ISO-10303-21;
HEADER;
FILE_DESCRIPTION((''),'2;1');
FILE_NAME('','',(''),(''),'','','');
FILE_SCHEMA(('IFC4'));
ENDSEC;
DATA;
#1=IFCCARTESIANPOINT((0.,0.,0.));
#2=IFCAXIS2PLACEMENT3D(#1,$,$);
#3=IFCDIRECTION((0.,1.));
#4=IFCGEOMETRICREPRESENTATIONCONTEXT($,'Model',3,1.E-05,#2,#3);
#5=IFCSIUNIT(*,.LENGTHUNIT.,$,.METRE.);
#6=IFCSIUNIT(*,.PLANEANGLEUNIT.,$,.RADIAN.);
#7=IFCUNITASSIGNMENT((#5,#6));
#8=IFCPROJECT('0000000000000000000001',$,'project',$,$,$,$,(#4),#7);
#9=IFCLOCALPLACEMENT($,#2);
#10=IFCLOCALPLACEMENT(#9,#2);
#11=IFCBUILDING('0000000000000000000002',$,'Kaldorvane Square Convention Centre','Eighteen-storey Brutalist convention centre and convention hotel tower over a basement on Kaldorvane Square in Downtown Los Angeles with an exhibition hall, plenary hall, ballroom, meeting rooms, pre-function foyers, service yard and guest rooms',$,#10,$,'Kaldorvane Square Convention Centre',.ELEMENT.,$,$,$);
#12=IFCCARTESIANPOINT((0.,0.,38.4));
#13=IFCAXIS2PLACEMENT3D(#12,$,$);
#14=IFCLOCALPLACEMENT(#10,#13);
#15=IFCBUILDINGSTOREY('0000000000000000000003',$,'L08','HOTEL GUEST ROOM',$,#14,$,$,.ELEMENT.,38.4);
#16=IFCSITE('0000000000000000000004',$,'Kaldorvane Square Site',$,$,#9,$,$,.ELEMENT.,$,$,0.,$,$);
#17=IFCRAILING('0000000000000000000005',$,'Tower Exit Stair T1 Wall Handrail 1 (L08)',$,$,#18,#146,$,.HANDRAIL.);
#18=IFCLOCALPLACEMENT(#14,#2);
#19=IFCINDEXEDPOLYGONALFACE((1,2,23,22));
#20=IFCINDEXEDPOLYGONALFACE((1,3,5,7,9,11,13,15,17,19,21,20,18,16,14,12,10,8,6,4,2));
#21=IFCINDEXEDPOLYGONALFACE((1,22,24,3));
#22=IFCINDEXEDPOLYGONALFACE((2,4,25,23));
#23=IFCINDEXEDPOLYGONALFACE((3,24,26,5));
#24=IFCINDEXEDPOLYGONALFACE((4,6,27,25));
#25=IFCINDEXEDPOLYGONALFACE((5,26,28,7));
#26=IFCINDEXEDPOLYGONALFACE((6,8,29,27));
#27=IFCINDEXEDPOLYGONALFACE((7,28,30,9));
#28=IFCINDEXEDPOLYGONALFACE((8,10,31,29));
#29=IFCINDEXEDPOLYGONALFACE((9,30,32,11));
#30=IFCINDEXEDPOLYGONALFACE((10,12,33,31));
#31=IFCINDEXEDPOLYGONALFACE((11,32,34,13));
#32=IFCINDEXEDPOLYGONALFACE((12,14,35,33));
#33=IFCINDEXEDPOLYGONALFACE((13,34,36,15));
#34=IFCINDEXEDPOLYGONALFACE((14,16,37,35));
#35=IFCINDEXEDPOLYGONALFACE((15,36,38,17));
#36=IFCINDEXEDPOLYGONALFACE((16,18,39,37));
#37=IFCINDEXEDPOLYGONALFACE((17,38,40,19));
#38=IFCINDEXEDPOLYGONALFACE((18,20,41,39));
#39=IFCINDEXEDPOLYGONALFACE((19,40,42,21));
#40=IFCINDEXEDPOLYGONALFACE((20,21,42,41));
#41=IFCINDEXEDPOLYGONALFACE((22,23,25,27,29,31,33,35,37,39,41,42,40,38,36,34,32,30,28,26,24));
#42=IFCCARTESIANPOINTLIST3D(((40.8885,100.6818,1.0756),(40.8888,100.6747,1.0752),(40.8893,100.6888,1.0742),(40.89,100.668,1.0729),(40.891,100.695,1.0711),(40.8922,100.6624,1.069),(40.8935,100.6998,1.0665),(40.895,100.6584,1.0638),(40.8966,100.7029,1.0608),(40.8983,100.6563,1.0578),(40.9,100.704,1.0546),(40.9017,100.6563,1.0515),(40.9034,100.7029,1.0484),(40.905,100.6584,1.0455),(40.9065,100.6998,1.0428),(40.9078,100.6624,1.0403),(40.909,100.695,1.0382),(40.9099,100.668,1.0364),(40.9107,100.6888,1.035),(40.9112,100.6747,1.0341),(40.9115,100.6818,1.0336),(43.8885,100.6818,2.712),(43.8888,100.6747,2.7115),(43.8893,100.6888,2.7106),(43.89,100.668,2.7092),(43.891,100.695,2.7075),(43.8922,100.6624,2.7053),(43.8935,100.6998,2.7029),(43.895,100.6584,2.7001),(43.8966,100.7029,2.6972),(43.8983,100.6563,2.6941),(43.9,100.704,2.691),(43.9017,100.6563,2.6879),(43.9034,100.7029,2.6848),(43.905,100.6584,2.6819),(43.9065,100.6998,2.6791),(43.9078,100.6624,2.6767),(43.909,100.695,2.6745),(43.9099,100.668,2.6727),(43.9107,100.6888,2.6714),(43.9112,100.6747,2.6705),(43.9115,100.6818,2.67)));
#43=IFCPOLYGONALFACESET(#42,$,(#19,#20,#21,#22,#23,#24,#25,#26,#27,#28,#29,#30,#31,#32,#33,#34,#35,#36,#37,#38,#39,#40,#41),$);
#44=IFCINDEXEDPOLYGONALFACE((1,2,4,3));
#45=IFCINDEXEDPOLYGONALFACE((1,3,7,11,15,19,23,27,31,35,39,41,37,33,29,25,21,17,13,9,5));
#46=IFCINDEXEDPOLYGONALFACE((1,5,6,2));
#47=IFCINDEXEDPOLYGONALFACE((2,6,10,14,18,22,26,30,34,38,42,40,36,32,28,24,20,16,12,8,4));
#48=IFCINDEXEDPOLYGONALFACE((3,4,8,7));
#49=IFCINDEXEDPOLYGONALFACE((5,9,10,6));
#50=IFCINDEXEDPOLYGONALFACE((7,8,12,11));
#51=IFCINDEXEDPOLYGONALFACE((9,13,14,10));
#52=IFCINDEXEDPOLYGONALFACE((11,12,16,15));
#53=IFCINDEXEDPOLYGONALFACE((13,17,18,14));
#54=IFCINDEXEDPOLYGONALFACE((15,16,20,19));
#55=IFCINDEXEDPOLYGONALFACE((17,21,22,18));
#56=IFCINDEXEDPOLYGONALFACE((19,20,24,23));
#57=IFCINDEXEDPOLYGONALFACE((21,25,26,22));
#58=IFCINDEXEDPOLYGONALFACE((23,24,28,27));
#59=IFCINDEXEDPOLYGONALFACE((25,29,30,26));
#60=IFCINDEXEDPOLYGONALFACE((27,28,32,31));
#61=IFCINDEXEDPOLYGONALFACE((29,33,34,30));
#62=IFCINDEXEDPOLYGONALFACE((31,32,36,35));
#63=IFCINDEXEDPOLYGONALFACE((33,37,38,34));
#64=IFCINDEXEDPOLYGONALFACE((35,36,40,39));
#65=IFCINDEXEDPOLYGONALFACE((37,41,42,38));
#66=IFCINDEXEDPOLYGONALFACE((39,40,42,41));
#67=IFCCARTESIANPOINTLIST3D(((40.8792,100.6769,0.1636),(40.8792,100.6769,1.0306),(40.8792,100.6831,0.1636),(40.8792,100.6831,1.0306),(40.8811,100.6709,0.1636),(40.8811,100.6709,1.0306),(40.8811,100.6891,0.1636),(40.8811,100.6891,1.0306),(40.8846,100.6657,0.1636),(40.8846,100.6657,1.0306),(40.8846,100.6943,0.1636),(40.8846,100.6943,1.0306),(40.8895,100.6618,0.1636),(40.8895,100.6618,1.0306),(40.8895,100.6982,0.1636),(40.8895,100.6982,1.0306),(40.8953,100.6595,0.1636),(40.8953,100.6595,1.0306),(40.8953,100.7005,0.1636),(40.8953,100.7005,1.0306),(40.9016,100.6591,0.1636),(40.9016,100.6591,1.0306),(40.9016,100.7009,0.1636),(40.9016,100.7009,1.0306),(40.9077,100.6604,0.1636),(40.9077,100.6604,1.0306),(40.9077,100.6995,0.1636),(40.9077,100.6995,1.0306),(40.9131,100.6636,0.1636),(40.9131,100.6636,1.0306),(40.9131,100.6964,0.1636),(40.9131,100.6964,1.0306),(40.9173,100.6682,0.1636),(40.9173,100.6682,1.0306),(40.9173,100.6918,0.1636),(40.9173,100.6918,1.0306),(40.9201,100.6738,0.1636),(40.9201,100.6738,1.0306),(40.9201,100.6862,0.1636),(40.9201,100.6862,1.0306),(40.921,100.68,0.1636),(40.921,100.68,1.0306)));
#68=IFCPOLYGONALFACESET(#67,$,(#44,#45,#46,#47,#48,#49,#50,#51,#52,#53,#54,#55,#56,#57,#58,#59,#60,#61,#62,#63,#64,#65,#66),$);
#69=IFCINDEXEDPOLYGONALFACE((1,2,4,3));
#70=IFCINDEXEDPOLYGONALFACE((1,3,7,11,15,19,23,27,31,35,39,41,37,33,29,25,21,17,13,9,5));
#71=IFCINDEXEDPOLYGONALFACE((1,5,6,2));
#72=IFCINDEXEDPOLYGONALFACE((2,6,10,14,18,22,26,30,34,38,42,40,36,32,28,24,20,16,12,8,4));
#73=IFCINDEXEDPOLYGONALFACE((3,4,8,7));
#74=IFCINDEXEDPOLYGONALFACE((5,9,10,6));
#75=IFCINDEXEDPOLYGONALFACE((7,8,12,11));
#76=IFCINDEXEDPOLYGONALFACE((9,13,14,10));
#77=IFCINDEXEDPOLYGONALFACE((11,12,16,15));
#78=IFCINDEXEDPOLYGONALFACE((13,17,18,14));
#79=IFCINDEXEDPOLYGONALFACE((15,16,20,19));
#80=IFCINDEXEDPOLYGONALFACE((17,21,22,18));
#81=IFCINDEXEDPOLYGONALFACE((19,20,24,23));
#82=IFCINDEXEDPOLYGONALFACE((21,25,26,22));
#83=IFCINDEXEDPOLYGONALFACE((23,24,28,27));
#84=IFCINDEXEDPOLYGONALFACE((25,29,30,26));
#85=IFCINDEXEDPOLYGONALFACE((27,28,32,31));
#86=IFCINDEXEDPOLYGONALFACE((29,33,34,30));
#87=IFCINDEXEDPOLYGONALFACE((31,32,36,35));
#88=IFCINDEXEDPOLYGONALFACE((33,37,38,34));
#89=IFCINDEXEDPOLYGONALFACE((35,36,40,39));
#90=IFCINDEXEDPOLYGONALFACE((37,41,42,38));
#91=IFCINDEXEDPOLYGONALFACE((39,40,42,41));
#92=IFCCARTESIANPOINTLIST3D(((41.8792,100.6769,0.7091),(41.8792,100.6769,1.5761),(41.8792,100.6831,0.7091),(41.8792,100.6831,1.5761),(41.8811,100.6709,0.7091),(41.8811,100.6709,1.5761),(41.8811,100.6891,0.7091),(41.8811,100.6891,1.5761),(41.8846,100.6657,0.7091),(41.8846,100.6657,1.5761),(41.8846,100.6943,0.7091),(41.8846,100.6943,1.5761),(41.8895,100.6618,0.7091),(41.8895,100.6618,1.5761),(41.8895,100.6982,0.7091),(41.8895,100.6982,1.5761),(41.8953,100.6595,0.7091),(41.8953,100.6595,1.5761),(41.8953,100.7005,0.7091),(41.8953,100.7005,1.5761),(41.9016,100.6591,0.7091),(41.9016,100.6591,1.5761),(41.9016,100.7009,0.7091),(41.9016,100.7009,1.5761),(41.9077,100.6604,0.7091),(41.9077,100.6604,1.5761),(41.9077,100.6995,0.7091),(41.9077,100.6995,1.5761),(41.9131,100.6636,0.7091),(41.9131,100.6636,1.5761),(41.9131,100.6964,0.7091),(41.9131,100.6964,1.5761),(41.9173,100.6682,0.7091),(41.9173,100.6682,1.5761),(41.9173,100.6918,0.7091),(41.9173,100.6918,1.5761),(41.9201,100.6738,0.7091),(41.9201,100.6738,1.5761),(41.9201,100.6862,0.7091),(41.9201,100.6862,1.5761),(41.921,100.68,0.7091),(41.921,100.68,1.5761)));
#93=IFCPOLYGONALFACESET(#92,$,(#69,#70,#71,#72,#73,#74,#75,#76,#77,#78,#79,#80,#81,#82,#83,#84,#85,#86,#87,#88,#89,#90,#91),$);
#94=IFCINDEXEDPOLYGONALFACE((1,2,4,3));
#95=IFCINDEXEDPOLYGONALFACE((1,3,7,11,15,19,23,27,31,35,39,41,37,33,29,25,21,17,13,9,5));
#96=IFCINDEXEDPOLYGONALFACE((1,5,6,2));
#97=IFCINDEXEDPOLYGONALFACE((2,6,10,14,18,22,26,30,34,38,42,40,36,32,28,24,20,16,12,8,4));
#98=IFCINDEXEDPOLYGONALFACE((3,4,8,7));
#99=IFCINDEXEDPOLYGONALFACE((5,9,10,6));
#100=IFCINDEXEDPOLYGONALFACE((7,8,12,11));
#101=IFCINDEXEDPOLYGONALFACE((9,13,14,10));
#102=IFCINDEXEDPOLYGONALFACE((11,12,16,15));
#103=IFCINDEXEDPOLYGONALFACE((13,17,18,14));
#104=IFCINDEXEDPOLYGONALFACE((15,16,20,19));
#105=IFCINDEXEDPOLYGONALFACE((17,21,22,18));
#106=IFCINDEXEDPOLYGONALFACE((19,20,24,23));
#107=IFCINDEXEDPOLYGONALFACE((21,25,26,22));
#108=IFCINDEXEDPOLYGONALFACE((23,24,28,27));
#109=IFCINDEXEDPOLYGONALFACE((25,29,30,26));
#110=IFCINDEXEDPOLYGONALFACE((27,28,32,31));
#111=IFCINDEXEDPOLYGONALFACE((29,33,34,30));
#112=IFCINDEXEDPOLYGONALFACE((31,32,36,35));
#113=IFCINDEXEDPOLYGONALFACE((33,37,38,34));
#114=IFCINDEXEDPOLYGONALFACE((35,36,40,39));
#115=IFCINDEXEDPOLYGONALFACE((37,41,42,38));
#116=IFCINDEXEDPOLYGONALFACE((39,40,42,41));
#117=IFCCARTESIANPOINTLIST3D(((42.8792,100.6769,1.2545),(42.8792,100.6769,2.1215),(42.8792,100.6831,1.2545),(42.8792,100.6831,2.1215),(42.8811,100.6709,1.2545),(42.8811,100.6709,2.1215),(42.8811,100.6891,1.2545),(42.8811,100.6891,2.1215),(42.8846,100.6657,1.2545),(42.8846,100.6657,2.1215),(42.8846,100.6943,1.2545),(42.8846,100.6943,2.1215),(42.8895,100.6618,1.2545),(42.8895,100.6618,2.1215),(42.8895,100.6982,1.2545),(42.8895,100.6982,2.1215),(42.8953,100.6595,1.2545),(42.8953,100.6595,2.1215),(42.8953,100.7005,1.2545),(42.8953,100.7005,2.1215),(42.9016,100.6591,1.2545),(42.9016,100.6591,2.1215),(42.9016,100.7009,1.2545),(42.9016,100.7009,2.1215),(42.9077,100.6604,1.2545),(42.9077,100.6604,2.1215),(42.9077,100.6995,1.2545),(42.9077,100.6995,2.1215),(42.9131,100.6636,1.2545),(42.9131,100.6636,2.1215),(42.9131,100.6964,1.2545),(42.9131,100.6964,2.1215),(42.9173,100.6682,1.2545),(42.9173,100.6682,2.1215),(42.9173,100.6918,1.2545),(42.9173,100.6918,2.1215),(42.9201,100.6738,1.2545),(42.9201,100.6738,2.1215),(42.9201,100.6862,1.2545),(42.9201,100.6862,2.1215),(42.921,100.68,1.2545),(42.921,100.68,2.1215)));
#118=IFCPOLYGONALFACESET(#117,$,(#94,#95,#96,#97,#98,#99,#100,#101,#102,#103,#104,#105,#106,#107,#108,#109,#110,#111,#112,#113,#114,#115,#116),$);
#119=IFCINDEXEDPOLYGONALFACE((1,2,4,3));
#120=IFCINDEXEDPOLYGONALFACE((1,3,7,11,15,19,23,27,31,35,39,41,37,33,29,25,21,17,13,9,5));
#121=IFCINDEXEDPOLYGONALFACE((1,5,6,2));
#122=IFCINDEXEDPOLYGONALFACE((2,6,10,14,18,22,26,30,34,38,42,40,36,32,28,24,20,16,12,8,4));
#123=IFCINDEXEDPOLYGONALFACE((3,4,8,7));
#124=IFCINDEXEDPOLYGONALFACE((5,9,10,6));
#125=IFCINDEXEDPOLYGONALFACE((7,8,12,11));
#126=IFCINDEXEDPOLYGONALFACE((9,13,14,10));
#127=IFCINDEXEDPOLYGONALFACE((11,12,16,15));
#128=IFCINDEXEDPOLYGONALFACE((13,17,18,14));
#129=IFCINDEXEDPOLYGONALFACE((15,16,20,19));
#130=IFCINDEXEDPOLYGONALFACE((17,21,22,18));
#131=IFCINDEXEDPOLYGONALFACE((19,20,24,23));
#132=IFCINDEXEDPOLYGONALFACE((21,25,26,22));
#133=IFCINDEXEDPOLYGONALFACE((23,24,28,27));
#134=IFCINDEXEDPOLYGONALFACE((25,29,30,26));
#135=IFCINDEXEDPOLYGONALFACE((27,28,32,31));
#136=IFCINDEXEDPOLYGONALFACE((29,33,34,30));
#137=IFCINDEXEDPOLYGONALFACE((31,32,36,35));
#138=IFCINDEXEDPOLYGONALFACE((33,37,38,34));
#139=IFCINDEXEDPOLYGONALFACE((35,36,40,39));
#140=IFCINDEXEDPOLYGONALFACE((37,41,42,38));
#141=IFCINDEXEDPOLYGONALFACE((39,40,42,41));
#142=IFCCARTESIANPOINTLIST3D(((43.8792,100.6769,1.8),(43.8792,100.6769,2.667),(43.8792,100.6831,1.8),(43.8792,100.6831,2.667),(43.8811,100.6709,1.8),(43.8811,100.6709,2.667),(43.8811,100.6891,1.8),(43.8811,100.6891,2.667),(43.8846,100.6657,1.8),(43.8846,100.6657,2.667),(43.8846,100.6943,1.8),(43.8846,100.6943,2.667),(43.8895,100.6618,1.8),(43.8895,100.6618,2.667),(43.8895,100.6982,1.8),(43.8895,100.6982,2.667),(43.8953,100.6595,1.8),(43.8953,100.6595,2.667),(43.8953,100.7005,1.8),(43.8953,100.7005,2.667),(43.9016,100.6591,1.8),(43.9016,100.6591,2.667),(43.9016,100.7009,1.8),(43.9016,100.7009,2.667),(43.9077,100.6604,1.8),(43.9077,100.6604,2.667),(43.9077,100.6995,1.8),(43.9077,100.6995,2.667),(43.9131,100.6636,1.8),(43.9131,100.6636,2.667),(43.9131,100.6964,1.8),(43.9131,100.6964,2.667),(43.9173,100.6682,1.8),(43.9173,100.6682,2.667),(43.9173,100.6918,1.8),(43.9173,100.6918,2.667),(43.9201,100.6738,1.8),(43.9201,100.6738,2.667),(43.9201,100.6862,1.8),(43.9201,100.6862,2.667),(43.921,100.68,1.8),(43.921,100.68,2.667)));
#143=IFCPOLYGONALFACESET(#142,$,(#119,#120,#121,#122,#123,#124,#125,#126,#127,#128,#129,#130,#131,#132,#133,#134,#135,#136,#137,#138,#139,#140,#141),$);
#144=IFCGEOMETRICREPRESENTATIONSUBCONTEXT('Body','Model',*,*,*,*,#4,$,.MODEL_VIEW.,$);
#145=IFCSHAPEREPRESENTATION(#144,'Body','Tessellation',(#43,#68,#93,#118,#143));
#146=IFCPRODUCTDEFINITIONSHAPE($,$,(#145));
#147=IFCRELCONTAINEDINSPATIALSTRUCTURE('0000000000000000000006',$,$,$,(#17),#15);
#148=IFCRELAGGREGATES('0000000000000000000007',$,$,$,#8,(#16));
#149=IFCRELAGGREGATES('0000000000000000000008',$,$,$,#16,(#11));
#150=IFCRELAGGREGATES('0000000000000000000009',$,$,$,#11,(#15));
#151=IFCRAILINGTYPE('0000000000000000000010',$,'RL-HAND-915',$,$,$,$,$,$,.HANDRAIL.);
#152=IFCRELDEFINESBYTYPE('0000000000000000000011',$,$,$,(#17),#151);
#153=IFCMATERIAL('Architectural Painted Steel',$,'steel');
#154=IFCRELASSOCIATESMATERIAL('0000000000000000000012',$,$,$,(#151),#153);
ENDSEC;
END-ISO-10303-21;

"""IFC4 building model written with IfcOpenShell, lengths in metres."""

from ifc_helpers import new_model, si_unit, direction, frame, origin, origin_2d, place, context, subcontext, project, spatial, circle, extrude, material, type_object, element, save


model = new_model("IFC4")

# Units and contexts
model_context = context("Model", 3, precision=1e-05, world=origin(), true_north=direction((0.0, 1.0)))
body_context = subcontext(model_context, "Body", "Model", "MODEL_VIEW")
ifc_project = project(units=[si_unit("LENGTHUNIT", "METRE"), si_unit("PLANEANGLEUNIT", "RADIAN")], contexts=[model_context])

# Site, building, storey
site_placement = place(None, origin())
site = spatial("IfcSite", under=ifc_project, at=site_placement, Name="Kaldorvane Square Site", CompositionType="ELEMENT", RefElevation=0.0)
building_placement = place(site_placement, origin())
building = spatial("IfcBuilding", under=site, at=building_placement, Name="Kaldorvane Square Convention Centre", Description="Eighteen-storey Brutalist convention centre and convention hotel tower over a basement on Kaldorvane Square in Downtown Los Angeles with an exhibition hall, plenary hall, ballroom, meeting rooms, pre-function foyers, service yard and guest rooms", LongName="Kaldorvane Square Convention Centre", CompositionType="ELEMENT")
storey_placement = place(building_placement, frame((0.0, 0.0, 38.4)))
storey = spatial("IfcBuildingStorey", under=building, at=storey_placement, Name="L08", Description="HOTEL GUEST ROOM", CompositionType="ELEMENT", Elevation=38.4)

# Railing
ifc_material_1 = material(Name="Architectural Painted Steel", Category="steel")
railing_type_1 = type_object("IfcRailingType", Name="RL-HAND-915", PredefinedType="HANDRAIL", material=ifc_material_1)
for number, where, name in (
    (1, (40.9, 100.68, 0.1636), "Tower Exit Stair T1 Wall Handrail 1 (L08)"),
):
    element("IfcRailing", number, at=place(storey_placement, frame(where)), inside=storey, type_object=railing_type_1, Name=name, PredefinedType="HANDRAIL", context=body_context, shape_type="SweptSolid", body=[
        extrude(circle(Radius=0.024, at=origin_2d()), frame((0.0, 0.0, 0.891), z_axis=(0.877895, 0.0, 0.478853), x_axis=(0.0, 1.0, 0.0)), (0.0, 0.0, 1.0), 3.4173),
        extrude(circle(Radius=0.021, at=origin_2d()), origin(), (0.0, 0.0, 1.0), 0.867),
        extrude(circle(Radius=0.021, at=origin_2d()), frame((1.0, 0.0, 0.5455)), (0.0, 0.0, 1.0), 0.867),
        extrude(circle(Radius=0.021, at=origin_2d()), frame((2.0, 0.0, 1.0909)), (0.0, 0.0, 1.0), 0.867),
        extrude(circle(Radius=0.021, at=origin_2d()), frame((3.0, 0.0, 1.6364)), (0.0, 0.0, 1.0), 0.867),
    ])

save(model, "model.ifc")
